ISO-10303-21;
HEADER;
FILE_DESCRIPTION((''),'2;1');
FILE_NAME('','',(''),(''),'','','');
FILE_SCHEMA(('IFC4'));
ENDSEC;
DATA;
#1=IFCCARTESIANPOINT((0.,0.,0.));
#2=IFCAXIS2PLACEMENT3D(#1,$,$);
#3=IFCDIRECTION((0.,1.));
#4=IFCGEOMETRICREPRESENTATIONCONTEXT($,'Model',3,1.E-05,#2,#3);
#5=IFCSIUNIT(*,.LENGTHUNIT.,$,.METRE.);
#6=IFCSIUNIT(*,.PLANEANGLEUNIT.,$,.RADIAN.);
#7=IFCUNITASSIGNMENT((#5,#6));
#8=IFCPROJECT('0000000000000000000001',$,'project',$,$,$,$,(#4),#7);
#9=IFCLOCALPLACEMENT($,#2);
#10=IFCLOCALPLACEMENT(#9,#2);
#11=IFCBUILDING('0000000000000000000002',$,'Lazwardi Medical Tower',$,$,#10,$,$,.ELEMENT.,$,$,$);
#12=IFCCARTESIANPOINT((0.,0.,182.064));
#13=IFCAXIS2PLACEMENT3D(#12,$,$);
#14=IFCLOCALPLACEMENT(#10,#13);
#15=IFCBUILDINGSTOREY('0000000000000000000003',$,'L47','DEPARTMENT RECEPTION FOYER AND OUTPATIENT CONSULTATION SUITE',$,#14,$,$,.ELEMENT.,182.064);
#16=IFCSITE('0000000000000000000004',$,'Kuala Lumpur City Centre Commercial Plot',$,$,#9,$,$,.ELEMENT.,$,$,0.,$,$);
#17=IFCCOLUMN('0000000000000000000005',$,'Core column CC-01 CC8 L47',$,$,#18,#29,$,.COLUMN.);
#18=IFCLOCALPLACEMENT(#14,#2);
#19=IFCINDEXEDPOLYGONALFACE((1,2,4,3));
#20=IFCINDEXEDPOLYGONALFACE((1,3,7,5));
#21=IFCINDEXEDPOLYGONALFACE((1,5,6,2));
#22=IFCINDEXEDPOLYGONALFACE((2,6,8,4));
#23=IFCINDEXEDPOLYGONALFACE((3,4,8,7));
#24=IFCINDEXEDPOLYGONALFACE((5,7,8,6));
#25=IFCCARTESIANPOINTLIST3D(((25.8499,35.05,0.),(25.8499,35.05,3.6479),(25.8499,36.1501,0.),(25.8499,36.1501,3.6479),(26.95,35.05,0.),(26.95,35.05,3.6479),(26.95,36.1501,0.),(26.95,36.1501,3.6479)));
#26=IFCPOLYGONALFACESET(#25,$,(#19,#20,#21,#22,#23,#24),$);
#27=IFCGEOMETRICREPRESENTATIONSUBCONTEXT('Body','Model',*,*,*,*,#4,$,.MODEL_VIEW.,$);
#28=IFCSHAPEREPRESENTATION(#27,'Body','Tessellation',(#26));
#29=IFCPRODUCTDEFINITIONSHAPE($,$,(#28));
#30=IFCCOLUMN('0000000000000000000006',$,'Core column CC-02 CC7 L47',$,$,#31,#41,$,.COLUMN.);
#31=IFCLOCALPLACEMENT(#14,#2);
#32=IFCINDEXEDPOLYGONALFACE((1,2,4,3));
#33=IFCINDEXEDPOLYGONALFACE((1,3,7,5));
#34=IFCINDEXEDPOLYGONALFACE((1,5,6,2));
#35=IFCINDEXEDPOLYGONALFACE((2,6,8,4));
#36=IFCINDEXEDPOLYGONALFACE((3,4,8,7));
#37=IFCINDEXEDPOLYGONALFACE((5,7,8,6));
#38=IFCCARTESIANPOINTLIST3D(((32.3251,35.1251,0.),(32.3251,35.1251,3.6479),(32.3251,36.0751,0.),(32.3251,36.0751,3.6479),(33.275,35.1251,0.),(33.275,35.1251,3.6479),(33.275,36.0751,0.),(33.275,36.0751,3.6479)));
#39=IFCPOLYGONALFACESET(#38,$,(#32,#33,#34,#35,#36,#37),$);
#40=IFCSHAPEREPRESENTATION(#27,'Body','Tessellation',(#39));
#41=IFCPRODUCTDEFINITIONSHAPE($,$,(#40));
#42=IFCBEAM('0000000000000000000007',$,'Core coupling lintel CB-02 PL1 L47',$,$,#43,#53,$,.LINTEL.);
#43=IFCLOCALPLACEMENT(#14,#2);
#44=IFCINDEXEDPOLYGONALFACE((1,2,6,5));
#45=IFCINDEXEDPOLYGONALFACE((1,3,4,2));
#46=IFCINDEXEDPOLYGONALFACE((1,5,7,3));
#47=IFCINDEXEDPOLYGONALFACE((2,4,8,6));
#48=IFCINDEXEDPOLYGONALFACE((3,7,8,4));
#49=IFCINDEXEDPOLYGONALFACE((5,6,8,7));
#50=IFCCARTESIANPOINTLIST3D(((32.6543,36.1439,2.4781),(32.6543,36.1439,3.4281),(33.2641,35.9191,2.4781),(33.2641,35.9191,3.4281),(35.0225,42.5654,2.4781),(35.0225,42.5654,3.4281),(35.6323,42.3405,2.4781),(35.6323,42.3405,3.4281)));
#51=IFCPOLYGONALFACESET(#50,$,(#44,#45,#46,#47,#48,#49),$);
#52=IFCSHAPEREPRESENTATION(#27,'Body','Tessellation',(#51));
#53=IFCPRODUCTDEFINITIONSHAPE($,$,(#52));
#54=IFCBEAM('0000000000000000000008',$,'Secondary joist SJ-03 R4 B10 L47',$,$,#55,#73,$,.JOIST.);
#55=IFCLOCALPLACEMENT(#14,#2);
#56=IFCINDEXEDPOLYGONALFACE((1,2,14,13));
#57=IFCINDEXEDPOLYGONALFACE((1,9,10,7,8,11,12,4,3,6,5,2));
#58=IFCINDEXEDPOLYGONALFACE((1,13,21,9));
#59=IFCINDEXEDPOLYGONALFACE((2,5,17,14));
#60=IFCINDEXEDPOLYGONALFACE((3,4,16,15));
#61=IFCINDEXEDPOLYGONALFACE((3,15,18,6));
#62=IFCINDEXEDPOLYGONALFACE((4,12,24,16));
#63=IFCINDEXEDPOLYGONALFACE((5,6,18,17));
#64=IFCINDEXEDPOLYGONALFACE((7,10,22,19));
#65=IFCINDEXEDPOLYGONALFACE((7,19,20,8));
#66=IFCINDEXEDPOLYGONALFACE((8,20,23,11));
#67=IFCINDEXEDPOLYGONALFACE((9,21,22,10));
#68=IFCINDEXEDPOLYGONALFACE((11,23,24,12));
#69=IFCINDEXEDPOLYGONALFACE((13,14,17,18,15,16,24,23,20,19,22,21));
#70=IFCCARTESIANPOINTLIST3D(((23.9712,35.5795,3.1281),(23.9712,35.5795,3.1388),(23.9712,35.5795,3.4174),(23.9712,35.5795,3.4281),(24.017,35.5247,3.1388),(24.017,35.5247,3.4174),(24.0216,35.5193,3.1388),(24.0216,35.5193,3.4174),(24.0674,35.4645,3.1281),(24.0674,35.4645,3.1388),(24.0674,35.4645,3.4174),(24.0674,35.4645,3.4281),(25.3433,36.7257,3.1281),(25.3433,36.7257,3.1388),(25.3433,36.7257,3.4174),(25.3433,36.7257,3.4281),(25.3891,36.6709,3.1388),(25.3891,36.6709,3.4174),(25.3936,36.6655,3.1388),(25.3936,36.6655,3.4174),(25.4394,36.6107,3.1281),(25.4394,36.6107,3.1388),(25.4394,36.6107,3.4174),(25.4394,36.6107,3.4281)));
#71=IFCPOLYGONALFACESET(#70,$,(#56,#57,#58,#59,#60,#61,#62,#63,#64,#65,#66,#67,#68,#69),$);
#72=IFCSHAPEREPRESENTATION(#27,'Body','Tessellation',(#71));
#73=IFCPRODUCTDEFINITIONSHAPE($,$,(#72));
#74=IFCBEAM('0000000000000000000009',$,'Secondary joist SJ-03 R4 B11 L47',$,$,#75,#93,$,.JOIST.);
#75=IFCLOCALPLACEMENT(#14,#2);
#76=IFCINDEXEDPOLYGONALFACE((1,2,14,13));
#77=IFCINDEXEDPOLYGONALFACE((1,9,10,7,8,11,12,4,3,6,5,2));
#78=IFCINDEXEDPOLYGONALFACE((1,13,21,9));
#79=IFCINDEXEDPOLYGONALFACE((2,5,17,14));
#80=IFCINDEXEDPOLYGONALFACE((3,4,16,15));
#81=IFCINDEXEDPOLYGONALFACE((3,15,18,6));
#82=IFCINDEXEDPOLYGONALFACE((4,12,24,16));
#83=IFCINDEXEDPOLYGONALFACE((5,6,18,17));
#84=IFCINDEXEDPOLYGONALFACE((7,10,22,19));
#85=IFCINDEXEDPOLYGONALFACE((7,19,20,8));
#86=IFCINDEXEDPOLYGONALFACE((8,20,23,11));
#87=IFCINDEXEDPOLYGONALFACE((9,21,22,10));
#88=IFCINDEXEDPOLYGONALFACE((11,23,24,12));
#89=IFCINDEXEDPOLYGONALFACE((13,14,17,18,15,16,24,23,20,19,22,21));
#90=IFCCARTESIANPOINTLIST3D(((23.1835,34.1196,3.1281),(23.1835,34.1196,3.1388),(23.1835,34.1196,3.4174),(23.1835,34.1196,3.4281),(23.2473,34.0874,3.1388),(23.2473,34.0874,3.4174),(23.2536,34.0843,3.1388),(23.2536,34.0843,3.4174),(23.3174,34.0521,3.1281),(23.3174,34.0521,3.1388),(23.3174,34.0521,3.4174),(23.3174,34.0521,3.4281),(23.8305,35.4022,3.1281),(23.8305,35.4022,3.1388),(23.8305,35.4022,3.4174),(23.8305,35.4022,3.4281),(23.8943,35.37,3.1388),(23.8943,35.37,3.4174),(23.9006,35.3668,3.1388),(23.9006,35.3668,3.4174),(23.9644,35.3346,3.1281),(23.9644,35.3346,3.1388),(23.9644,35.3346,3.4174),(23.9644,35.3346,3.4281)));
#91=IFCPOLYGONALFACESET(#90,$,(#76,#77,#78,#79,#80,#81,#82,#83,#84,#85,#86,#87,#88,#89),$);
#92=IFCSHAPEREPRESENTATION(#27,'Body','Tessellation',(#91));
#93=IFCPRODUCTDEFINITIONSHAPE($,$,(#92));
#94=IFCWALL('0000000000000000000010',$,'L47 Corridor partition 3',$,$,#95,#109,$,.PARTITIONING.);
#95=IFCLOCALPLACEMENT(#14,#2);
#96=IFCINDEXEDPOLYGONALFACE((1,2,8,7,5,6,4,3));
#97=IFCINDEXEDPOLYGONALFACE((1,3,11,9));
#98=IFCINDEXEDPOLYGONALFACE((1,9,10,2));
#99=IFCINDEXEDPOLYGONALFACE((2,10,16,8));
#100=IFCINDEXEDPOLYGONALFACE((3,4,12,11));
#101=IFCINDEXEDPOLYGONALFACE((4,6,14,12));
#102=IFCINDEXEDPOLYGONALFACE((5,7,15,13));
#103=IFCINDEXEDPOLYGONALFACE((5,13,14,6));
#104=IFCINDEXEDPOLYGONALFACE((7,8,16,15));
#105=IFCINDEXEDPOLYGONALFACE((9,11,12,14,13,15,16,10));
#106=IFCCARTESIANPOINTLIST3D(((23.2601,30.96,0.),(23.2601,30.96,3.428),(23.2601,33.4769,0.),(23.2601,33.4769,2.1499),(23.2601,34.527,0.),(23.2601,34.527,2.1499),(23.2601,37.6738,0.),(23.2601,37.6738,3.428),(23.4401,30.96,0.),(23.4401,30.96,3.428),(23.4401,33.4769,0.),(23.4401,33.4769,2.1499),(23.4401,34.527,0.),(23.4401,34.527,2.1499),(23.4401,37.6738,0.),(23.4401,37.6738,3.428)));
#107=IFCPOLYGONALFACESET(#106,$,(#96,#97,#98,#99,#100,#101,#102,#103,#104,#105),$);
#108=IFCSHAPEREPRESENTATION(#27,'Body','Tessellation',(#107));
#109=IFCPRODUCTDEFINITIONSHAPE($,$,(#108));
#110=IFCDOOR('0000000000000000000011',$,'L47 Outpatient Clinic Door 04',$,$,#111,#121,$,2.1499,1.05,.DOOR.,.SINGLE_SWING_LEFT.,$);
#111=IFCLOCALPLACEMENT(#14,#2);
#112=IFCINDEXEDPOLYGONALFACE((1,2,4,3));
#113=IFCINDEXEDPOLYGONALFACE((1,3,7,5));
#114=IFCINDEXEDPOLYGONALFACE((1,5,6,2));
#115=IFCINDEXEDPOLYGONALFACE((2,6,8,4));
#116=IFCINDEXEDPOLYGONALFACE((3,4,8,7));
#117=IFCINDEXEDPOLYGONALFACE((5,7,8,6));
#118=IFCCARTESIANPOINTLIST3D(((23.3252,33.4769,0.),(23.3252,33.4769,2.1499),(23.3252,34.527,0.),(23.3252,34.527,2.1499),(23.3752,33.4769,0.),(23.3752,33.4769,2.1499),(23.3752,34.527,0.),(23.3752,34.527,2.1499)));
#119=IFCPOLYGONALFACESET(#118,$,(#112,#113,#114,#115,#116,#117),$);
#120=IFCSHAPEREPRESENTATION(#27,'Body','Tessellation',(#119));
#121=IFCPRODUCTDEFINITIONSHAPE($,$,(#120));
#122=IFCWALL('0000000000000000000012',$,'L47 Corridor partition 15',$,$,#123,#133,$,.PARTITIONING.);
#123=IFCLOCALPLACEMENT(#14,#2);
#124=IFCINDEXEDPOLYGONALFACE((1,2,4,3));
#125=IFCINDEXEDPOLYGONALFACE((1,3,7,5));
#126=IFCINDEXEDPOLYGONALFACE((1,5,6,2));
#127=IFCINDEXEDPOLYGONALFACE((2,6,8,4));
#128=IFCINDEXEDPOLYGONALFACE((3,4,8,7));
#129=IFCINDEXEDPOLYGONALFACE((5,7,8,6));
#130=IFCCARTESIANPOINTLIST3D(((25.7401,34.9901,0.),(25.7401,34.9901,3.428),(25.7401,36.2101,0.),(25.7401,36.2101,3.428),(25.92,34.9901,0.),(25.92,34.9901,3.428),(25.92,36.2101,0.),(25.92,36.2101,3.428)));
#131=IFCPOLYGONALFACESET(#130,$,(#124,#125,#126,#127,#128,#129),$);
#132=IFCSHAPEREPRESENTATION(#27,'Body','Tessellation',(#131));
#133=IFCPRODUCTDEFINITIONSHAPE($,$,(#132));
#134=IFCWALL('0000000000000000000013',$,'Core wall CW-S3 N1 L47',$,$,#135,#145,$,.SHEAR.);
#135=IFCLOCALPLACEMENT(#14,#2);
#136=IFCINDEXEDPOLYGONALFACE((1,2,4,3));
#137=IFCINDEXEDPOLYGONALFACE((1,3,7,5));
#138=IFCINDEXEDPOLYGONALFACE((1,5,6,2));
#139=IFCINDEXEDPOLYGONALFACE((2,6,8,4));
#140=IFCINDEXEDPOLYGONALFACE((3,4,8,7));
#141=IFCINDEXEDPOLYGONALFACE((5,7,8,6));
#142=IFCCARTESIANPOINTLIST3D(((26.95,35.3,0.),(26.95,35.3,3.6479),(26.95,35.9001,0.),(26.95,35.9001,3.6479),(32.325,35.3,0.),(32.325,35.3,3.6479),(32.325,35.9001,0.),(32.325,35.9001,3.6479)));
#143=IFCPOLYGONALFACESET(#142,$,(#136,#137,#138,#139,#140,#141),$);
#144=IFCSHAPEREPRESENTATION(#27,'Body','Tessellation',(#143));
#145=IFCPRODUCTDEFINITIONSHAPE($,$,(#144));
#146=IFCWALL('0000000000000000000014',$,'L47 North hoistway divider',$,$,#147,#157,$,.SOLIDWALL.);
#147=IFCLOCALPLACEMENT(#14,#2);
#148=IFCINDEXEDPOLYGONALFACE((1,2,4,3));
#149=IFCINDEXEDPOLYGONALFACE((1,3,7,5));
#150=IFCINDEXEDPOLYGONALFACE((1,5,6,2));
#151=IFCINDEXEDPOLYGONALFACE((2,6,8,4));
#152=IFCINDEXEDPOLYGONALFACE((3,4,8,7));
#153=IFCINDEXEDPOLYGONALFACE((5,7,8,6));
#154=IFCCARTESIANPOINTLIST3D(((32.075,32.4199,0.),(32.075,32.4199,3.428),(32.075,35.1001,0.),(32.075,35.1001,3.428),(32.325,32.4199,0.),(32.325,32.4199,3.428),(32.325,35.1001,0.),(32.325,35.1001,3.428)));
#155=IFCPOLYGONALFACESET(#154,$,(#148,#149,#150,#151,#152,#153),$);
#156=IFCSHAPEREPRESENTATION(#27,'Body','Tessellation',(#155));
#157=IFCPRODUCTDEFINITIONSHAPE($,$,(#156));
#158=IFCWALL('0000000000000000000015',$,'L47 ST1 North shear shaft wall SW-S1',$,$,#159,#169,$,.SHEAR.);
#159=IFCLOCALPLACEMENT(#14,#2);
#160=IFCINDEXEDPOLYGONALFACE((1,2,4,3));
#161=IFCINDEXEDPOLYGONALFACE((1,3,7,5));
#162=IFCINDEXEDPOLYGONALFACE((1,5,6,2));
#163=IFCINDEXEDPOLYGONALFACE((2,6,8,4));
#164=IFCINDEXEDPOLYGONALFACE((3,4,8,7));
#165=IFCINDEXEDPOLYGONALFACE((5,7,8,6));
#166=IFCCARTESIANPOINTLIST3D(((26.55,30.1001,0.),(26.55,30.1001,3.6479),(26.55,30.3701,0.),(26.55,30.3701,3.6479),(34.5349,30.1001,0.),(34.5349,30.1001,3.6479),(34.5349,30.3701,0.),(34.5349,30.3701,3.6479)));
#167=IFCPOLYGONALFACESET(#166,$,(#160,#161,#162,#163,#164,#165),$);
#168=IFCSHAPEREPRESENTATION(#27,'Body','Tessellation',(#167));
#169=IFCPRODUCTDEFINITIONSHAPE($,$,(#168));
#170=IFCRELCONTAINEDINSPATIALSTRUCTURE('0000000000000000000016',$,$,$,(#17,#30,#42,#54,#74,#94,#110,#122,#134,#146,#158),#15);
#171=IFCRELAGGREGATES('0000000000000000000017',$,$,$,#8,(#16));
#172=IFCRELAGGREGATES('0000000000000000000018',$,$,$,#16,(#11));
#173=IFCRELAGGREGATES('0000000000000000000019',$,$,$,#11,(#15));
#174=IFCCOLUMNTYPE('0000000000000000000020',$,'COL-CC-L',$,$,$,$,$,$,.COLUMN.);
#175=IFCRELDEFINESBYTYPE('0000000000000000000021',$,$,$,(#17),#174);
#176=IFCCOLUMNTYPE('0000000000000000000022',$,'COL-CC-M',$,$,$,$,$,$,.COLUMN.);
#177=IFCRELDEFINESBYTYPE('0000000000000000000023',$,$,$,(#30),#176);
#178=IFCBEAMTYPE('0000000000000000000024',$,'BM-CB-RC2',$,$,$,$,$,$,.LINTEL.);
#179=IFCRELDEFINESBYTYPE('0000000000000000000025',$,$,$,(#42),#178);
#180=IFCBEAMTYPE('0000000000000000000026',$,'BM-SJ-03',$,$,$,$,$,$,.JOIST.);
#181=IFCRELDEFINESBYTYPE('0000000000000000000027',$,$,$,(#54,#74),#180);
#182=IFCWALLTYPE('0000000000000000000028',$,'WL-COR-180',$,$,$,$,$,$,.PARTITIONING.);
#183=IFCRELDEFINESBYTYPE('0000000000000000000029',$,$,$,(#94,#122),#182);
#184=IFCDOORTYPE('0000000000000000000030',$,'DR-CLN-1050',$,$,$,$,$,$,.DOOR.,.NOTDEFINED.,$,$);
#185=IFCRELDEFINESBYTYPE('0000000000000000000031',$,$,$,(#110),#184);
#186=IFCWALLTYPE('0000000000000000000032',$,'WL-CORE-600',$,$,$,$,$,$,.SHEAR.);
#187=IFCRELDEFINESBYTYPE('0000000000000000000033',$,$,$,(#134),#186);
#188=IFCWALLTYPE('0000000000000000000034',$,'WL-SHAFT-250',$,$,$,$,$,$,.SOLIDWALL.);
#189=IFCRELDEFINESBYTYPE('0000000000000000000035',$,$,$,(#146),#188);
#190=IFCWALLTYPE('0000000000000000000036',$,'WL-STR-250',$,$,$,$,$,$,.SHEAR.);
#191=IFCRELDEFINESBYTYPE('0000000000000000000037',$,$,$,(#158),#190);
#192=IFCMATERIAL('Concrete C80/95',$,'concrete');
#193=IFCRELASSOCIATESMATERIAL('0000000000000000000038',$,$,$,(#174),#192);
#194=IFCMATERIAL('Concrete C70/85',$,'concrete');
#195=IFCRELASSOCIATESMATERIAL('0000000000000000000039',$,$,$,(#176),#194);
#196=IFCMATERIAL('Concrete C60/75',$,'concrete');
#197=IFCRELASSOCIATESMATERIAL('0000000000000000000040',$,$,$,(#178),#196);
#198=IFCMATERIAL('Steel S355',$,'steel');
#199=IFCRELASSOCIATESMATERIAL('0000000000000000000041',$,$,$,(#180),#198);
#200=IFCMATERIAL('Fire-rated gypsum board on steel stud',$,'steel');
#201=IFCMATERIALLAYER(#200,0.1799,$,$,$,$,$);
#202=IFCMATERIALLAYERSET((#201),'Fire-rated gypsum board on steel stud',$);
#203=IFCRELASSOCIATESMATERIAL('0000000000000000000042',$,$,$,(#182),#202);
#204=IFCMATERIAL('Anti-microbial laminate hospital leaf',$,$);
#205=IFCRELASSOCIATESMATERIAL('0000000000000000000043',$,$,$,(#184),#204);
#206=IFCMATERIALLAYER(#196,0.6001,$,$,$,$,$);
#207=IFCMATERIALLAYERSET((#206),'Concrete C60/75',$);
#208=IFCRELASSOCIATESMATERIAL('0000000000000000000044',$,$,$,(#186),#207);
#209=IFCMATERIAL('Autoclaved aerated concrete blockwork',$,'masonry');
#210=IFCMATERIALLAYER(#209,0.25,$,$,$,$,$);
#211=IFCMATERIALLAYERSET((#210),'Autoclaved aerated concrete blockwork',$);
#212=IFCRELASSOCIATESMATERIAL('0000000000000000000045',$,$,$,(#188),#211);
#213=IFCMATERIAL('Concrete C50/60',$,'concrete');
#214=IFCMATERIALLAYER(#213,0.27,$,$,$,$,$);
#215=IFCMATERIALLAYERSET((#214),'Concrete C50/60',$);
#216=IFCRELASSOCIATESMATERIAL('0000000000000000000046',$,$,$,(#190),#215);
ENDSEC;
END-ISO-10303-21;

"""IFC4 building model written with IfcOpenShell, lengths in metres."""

from ifc_helpers import new_model, si_unit, direction, frame, frame_2d, origin, origin_2d, place, context, subcontext, project, spatial, rectangle, i_section, extrude, material, layer, layer_set, material_profile, profile_set, type_object, element, fill, save


model = new_model("IFC4")

# Units and contexts
model_context = context("Model", 3, precision=1e-05, world=origin(), true_north=direction((0.0, 1.0)))
body_context = subcontext(model_context, "Body", "Model", "MODEL_VIEW")
ifc_project = project(units=[si_unit("LENGTHUNIT", "METRE"), si_unit("PLANEANGLEUNIT", "RADIAN")], contexts=[model_context])

# Site, building, storey
site_placement = place(None, origin())
site = spatial("IfcSite", under=ifc_project, at=site_placement, Name="Kuala Lumpur City Centre Commercial Plot", CompositionType="ELEMENT", RefElevation=0.0)
building_placement = place(site_placement, origin())
building = spatial("IfcBuilding", under=site, at=building_placement, Name="Lazwardi Medical Tower", CompositionType="ELEMENT")
storey_placement = place(building_placement, frame((0.0, 0.0, 182.064)))
storey = spatial("IfcBuildingStorey", under=building, at=storey_placement, Name="L47", Description="DEPARTMENT RECEPTION FOYER AND OUTPATIENT CONSULTATION SUITE", CompositionType="ELEMENT", Elevation=182.064)

# Columns
ifc_material_1 = material(Name="Concrete C80/95", Category="concrete")
ifc_material_profile_1 = material_profile(ifc_material_1, rectangle(XDim=1.1001, YDim=1.1001, at=origin_2d()), Name="RC 1100x1100")
ifc_profile_set_1 = profile_set([ifc_material_profile_1], Name="Concrete C80/95")
column_type_1 = type_object("IfcColumnType", Name="COL-CC-L", PredefinedType="COLUMN", material=ifc_profile_set_1)
column_1_placement = place(storey_placement, frame((26.3999, 35.6001, 0.0), z_axis=(0.0, 0.0, 1.0), x_axis=(1.0, 0.0, 0.0)))
element("IfcColumn", 1, at=column_1_placement, inside=storey, type_object=column_type_1, Name="Core column CC-01 CC8 L47", PredefinedType="COLUMN", context=body_context, shape_type="SweptSolid", body=[
    extrude(rectangle(XDim=1.1001, YDim=1.1001, at=origin_2d()), origin(), (0.0, 0.0, 1.0), 3.6479),
])
ifc_material_2 = material(Name="Concrete C70/85", Category="concrete")
ifc_material_profile_2 = material_profile(ifc_material_2, rectangle(XDim=0.95, YDim=0.95, at=origin_2d()), Name="RC 950x950")
ifc_profile_set_2 = profile_set([ifc_material_profile_2], Name="Concrete C70/85")
column_type_2 = type_object("IfcColumnType", Name="COL-CC-M", PredefinedType="COLUMN", material=ifc_profile_set_2)
column_2_placement = place(storey_placement, frame((32.8, 35.6001, 0.0), z_axis=(0.0, 0.0, 1.0), x_axis=(1.0, 0.0, 0.0)))
element("IfcColumn", 2, at=column_2_placement, inside=storey, type_object=column_type_2, Name="Core column CC-02 CC7 L47", PredefinedType="COLUMN", context=body_context, shape_type="SweptSolid", body=[
    extrude(rectangle(XDim=0.95, YDim=0.95, at=origin_2d()), origin(), (0.0, 0.0, 1.0), 3.6479),
])

# Beams
ifc_material_3 = material(Name="Concrete C60/75", Category="concrete")
ifc_material_profile_3 = material_profile(ifc_material_3, rectangle(XDim=0.6499, YDim=0.95, at=origin_2d()), Name="RC 650x950")
ifc_profile_set_3 = profile_set([ifc_material_profile_3], Name="Concrete C60/75")
beam_type_1 = type_object("IfcBeamType", Name="BM-CB-RC2", PredefinedType="LINTEL", material=ifc_profile_set_3)
beam_1_placement = place(storey_placement, frame((32.9592, 36.0315, 2.9531), z_axis=(0.346013, 0.93823, 0.0), x_axis=(-0.93823, 0.346013, 0.0)))
element("IfcBeam", 3, at=beam_1_placement, inside=storey, type_object=beam_type_1, Name="Core coupling lintel CB-02 PL1 L47", PredefinedType="LINTEL", context=body_context, shape_type="SweptSolid", body=[
    extrude(rectangle(XDim=0.6499, YDim=0.95, at=origin_2d()), origin(), (0.0, 0.0, 1.0), 6.8442),
])
ifc_material_4 = material(Name="Steel S355", Category="steel")
ifc_material_profile_4 = material_profile(ifc_material_4, i_section(OverallWidth=0.1499, OverallDepth=0.3, WebThickness=0.0071, FlangeThickness=0.0107, at=origin_2d()), Name="IPE 300")
ifc_profile_set_4 = profile_set([ifc_material_profile_4], Name="Steel S355")
beam_type_2 = type_object("IfcBeamType", Name="BM-SJ-03", PredefinedType="JOIST", material=ifc_profile_set_4)
beam_2_placement = place(storey_placement, frame((25.3914, 36.6682, 3.2781), z_axis=(-0.767437, -0.641124, 0.0), x_axis=(0.641124, -0.767437, 0.0)))
element("IfcBeam", 4, at=beam_2_placement, inside=storey, type_object=beam_type_2, Name="Secondary joist SJ-03 R4 B10 L47", PredefinedType="JOIST", context=body_context, shape_type="SweptSolid", body=[
    extrude(i_section(OverallWidth=0.1499, OverallDepth=0.3, WebThickness=0.0071, FlangeThickness=0.0107, at=origin_2d()), origin(), (0.0, 0.0, 1.0), 1.7878),
])
beam_3_placement = place(storey_placement, frame((23.8975, 35.3684, 3.2781), z_axis=(-0.450406, -0.892824, 0.0), x_axis=(0.892824, -0.450406, 0.0)))
element("IfcBeam", 5, at=beam_3_placement, inside=storey, type_object=beam_type_2, Name="Secondary joist SJ-03 R4 B11 L47", PredefinedType="JOIST", context=body_context, shape_type="SweptSolid", body=[
    extrude(i_section(OverallWidth=0.1499, OverallDepth=0.3, WebThickness=0.0071, FlangeThickness=0.0107, at=origin_2d()), origin(), (0.0, 0.0, 1.0), 1.4365),
])

# Wall, opening, door
ifc_material_5 = material(Name="Fire-rated gypsum board on steel stud", Category="steel")
ifc_layer_1 = layer(ifc_material_5, 0.1799)
ifc_layer_set_1 = layer_set([ifc_layer_1], Name="Fire-rated gypsum board on steel stud")
wall_type_1 = type_object("IfcWallType", Name="WL-COR-180", PredefinedType="PARTITIONING", material=ifc_layer_set_1)
wall_1_placement = place(storey_placement, frame((23.3501, 30.96, 0.0), z_axis=(0.0, 0.0, 1.0), x_axis=(0.0, 1.0, 0.0)))
wall_1 = element("IfcWall", 6, at=wall_1_placement, inside=storey, type_object=wall_type_1, Name="L47 Corridor partition 3", PredefinedType="PARTITIONING", context=body_context, shape_type="SweptSolid", body=[
    extrude(rectangle(XDim=6.7139, YDim=0.1799, at=frame_2d((3.3569, 0.0))), origin(), (0.0, 0.0, 1.0), 3.428),
])
opening_1_placement = place(wall_1_placement, frame((2.5171, 0.0, 0.0)))
opening_1 = element("IfcOpeningElement", 7, at=opening_1_placement, cuts=wall_1, PredefinedType="OPENING", context=body_context, shape_type="SweptSolid", body=[
    extrude(rectangle(XDim=1.05, YDim=2.1499, at=frame_2d((0.5249, 1.075))), frame((0.0, 0.0999, 0.0), z_axis=(0.0, -1.0, 0.0), x_axis=(1.0, 0.0, 0.0)), (0.0, 0.0, 1.0), 0.2),
])
ifc_material_6 = material(Name="Anti-microbial laminate hospital leaf")
door_type_1 = type_object("IfcDoorType", Name="DR-CLN-1050", OperationType="NOTDEFINED", PredefinedType="DOOR", material=ifc_material_6)
door_1_placement = place(opening_1_placement, origin())
door_1 = element("IfcDoor", 8, at=door_1_placement, inside=storey, type_object=door_type_1, Name="L47 Outpatient Clinic Door 04", OperationType="SINGLE_SWING_LEFT", OverallHeight=2.1499, OverallWidth=1.05, PredefinedType="DOOR", context=body_context, shape_type="SweptSolid", body=[
    extrude(rectangle(XDim=1.05, YDim=2.1499, at=frame_2d((0.5249, 1.075))), frame((0.0, 0.0249, 0.0), z_axis=(0.0, -1.0, 0.0), x_axis=(1.0, 0.0, 0.0)), (0.0, 0.0, 1.0), 0.05),
])
fill(opening_1, door_1)

# Walls
wall_2_placement = place(storey_placement, frame((25.8301, 36.21, 0.0), z_axis=(0.0, 0.0, 1.0), x_axis=(0.0, -1.0, 0.0)))
element("IfcWall", 9, at=wall_2_placement, inside=storey, type_object=wall_type_1, Name="L47 Corridor partition 15", PredefinedType="PARTITIONING", context=body_context, shape_type="SweptSolid", body=[
    extrude(rectangle(XDim=1.22, YDim=0.1799, at=frame_2d((0.6099, 0.0))), origin(), (0.0, 0.0, 1.0), 3.428),
])
ifc_layer_2 = layer(ifc_material_3, 0.6001)
ifc_layer_set_2 = layer_set([ifc_layer_2], Name="Concrete C60/75")
wall_type_2 = type_object("IfcWallType", Name="WL-CORE-600", PredefinedType="SHEAR", material=ifc_layer_set_2)
wall_3_placement = place(storey_placement, frame((26.95, 35.6001, 0.0), z_axis=(0.0, 0.0, 1.0), x_axis=(1.0, 0.0, 0.0)))
element("IfcWall", 10, at=wall_3_placement, inside=storey, type_object=wall_type_2, Name="Core wall CW-S3 N1 L47", PredefinedType="SHEAR", context=body_context, shape_type="SweptSolid", body=[
    extrude(rectangle(XDim=5.375, YDim=0.6001, at=frame_2d((2.6875, 0.0))), origin(), (0.0, 0.0, 1.0), 3.6479),
])
ifc_material_7 = material(Name="Autoclaved aerated concrete blockwork", Category="masonry")
ifc_layer_3 = layer(ifc_material_7, 0.25)
ifc_layer_set_3 = layer_set([ifc_layer_3], Name="Autoclaved aerated concrete blockwork")
wall_type_3 = type_object("IfcWallType", Name="WL-SHAFT-250", PredefinedType="SOLIDWALL", material=ifc_layer_set_3)
wall_4_placement = place(storey_placement, frame((32.2, 32.4199, 0.0), z_axis=(0.0, 0.0, 1.0), x_axis=(0.0, 1.0, 0.0)))
element("IfcWall", 11, at=wall_4_placement, inside=storey, type_object=wall_type_3, Name="L47 North hoistway divider", PredefinedType="SOLIDWALL", context=body_context, shape_type="SweptSolid", body=[
    extrude(rectangle(XDim=2.6802, YDim=0.25, at=frame_2d((1.3401, 0.0))), origin(), (0.0, 0.0, 1.0), 3.428),
])
ifc_material_8 = material(Name="Concrete C50/60", Category="concrete")
ifc_layer_4 = layer(ifc_material_8, 0.27)
ifc_layer_set_4 = layer_set([ifc_layer_4], Name="Concrete C50/60")
wall_type_4 = type_object("IfcWallType", Name="WL-STR-250", PredefinedType="SHEAR", material=ifc_layer_set_4)
wall_5_placement = place(storey_placement, frame((26.55, 30.2351, 0.0), z_axis=(0.0, 0.0, 1.0), x_axis=(1.0, 0.0, 0.0)))
element("IfcWall", 12, at=wall_5_placement, inside=storey, type_object=wall_type_4, Name="L47 ST1 North shear shaft wall SW-S1", PredefinedType="SHEAR", context=body_context, shape_type="SweptSolid", body=[
    extrude(rectangle(XDim=7.9849, YDim=0.27, at=frame_2d((3.9924, 0.0))), origin(), (0.0, 0.0, 1.0), 3.6479),
])

save(model, "model.ifc")
